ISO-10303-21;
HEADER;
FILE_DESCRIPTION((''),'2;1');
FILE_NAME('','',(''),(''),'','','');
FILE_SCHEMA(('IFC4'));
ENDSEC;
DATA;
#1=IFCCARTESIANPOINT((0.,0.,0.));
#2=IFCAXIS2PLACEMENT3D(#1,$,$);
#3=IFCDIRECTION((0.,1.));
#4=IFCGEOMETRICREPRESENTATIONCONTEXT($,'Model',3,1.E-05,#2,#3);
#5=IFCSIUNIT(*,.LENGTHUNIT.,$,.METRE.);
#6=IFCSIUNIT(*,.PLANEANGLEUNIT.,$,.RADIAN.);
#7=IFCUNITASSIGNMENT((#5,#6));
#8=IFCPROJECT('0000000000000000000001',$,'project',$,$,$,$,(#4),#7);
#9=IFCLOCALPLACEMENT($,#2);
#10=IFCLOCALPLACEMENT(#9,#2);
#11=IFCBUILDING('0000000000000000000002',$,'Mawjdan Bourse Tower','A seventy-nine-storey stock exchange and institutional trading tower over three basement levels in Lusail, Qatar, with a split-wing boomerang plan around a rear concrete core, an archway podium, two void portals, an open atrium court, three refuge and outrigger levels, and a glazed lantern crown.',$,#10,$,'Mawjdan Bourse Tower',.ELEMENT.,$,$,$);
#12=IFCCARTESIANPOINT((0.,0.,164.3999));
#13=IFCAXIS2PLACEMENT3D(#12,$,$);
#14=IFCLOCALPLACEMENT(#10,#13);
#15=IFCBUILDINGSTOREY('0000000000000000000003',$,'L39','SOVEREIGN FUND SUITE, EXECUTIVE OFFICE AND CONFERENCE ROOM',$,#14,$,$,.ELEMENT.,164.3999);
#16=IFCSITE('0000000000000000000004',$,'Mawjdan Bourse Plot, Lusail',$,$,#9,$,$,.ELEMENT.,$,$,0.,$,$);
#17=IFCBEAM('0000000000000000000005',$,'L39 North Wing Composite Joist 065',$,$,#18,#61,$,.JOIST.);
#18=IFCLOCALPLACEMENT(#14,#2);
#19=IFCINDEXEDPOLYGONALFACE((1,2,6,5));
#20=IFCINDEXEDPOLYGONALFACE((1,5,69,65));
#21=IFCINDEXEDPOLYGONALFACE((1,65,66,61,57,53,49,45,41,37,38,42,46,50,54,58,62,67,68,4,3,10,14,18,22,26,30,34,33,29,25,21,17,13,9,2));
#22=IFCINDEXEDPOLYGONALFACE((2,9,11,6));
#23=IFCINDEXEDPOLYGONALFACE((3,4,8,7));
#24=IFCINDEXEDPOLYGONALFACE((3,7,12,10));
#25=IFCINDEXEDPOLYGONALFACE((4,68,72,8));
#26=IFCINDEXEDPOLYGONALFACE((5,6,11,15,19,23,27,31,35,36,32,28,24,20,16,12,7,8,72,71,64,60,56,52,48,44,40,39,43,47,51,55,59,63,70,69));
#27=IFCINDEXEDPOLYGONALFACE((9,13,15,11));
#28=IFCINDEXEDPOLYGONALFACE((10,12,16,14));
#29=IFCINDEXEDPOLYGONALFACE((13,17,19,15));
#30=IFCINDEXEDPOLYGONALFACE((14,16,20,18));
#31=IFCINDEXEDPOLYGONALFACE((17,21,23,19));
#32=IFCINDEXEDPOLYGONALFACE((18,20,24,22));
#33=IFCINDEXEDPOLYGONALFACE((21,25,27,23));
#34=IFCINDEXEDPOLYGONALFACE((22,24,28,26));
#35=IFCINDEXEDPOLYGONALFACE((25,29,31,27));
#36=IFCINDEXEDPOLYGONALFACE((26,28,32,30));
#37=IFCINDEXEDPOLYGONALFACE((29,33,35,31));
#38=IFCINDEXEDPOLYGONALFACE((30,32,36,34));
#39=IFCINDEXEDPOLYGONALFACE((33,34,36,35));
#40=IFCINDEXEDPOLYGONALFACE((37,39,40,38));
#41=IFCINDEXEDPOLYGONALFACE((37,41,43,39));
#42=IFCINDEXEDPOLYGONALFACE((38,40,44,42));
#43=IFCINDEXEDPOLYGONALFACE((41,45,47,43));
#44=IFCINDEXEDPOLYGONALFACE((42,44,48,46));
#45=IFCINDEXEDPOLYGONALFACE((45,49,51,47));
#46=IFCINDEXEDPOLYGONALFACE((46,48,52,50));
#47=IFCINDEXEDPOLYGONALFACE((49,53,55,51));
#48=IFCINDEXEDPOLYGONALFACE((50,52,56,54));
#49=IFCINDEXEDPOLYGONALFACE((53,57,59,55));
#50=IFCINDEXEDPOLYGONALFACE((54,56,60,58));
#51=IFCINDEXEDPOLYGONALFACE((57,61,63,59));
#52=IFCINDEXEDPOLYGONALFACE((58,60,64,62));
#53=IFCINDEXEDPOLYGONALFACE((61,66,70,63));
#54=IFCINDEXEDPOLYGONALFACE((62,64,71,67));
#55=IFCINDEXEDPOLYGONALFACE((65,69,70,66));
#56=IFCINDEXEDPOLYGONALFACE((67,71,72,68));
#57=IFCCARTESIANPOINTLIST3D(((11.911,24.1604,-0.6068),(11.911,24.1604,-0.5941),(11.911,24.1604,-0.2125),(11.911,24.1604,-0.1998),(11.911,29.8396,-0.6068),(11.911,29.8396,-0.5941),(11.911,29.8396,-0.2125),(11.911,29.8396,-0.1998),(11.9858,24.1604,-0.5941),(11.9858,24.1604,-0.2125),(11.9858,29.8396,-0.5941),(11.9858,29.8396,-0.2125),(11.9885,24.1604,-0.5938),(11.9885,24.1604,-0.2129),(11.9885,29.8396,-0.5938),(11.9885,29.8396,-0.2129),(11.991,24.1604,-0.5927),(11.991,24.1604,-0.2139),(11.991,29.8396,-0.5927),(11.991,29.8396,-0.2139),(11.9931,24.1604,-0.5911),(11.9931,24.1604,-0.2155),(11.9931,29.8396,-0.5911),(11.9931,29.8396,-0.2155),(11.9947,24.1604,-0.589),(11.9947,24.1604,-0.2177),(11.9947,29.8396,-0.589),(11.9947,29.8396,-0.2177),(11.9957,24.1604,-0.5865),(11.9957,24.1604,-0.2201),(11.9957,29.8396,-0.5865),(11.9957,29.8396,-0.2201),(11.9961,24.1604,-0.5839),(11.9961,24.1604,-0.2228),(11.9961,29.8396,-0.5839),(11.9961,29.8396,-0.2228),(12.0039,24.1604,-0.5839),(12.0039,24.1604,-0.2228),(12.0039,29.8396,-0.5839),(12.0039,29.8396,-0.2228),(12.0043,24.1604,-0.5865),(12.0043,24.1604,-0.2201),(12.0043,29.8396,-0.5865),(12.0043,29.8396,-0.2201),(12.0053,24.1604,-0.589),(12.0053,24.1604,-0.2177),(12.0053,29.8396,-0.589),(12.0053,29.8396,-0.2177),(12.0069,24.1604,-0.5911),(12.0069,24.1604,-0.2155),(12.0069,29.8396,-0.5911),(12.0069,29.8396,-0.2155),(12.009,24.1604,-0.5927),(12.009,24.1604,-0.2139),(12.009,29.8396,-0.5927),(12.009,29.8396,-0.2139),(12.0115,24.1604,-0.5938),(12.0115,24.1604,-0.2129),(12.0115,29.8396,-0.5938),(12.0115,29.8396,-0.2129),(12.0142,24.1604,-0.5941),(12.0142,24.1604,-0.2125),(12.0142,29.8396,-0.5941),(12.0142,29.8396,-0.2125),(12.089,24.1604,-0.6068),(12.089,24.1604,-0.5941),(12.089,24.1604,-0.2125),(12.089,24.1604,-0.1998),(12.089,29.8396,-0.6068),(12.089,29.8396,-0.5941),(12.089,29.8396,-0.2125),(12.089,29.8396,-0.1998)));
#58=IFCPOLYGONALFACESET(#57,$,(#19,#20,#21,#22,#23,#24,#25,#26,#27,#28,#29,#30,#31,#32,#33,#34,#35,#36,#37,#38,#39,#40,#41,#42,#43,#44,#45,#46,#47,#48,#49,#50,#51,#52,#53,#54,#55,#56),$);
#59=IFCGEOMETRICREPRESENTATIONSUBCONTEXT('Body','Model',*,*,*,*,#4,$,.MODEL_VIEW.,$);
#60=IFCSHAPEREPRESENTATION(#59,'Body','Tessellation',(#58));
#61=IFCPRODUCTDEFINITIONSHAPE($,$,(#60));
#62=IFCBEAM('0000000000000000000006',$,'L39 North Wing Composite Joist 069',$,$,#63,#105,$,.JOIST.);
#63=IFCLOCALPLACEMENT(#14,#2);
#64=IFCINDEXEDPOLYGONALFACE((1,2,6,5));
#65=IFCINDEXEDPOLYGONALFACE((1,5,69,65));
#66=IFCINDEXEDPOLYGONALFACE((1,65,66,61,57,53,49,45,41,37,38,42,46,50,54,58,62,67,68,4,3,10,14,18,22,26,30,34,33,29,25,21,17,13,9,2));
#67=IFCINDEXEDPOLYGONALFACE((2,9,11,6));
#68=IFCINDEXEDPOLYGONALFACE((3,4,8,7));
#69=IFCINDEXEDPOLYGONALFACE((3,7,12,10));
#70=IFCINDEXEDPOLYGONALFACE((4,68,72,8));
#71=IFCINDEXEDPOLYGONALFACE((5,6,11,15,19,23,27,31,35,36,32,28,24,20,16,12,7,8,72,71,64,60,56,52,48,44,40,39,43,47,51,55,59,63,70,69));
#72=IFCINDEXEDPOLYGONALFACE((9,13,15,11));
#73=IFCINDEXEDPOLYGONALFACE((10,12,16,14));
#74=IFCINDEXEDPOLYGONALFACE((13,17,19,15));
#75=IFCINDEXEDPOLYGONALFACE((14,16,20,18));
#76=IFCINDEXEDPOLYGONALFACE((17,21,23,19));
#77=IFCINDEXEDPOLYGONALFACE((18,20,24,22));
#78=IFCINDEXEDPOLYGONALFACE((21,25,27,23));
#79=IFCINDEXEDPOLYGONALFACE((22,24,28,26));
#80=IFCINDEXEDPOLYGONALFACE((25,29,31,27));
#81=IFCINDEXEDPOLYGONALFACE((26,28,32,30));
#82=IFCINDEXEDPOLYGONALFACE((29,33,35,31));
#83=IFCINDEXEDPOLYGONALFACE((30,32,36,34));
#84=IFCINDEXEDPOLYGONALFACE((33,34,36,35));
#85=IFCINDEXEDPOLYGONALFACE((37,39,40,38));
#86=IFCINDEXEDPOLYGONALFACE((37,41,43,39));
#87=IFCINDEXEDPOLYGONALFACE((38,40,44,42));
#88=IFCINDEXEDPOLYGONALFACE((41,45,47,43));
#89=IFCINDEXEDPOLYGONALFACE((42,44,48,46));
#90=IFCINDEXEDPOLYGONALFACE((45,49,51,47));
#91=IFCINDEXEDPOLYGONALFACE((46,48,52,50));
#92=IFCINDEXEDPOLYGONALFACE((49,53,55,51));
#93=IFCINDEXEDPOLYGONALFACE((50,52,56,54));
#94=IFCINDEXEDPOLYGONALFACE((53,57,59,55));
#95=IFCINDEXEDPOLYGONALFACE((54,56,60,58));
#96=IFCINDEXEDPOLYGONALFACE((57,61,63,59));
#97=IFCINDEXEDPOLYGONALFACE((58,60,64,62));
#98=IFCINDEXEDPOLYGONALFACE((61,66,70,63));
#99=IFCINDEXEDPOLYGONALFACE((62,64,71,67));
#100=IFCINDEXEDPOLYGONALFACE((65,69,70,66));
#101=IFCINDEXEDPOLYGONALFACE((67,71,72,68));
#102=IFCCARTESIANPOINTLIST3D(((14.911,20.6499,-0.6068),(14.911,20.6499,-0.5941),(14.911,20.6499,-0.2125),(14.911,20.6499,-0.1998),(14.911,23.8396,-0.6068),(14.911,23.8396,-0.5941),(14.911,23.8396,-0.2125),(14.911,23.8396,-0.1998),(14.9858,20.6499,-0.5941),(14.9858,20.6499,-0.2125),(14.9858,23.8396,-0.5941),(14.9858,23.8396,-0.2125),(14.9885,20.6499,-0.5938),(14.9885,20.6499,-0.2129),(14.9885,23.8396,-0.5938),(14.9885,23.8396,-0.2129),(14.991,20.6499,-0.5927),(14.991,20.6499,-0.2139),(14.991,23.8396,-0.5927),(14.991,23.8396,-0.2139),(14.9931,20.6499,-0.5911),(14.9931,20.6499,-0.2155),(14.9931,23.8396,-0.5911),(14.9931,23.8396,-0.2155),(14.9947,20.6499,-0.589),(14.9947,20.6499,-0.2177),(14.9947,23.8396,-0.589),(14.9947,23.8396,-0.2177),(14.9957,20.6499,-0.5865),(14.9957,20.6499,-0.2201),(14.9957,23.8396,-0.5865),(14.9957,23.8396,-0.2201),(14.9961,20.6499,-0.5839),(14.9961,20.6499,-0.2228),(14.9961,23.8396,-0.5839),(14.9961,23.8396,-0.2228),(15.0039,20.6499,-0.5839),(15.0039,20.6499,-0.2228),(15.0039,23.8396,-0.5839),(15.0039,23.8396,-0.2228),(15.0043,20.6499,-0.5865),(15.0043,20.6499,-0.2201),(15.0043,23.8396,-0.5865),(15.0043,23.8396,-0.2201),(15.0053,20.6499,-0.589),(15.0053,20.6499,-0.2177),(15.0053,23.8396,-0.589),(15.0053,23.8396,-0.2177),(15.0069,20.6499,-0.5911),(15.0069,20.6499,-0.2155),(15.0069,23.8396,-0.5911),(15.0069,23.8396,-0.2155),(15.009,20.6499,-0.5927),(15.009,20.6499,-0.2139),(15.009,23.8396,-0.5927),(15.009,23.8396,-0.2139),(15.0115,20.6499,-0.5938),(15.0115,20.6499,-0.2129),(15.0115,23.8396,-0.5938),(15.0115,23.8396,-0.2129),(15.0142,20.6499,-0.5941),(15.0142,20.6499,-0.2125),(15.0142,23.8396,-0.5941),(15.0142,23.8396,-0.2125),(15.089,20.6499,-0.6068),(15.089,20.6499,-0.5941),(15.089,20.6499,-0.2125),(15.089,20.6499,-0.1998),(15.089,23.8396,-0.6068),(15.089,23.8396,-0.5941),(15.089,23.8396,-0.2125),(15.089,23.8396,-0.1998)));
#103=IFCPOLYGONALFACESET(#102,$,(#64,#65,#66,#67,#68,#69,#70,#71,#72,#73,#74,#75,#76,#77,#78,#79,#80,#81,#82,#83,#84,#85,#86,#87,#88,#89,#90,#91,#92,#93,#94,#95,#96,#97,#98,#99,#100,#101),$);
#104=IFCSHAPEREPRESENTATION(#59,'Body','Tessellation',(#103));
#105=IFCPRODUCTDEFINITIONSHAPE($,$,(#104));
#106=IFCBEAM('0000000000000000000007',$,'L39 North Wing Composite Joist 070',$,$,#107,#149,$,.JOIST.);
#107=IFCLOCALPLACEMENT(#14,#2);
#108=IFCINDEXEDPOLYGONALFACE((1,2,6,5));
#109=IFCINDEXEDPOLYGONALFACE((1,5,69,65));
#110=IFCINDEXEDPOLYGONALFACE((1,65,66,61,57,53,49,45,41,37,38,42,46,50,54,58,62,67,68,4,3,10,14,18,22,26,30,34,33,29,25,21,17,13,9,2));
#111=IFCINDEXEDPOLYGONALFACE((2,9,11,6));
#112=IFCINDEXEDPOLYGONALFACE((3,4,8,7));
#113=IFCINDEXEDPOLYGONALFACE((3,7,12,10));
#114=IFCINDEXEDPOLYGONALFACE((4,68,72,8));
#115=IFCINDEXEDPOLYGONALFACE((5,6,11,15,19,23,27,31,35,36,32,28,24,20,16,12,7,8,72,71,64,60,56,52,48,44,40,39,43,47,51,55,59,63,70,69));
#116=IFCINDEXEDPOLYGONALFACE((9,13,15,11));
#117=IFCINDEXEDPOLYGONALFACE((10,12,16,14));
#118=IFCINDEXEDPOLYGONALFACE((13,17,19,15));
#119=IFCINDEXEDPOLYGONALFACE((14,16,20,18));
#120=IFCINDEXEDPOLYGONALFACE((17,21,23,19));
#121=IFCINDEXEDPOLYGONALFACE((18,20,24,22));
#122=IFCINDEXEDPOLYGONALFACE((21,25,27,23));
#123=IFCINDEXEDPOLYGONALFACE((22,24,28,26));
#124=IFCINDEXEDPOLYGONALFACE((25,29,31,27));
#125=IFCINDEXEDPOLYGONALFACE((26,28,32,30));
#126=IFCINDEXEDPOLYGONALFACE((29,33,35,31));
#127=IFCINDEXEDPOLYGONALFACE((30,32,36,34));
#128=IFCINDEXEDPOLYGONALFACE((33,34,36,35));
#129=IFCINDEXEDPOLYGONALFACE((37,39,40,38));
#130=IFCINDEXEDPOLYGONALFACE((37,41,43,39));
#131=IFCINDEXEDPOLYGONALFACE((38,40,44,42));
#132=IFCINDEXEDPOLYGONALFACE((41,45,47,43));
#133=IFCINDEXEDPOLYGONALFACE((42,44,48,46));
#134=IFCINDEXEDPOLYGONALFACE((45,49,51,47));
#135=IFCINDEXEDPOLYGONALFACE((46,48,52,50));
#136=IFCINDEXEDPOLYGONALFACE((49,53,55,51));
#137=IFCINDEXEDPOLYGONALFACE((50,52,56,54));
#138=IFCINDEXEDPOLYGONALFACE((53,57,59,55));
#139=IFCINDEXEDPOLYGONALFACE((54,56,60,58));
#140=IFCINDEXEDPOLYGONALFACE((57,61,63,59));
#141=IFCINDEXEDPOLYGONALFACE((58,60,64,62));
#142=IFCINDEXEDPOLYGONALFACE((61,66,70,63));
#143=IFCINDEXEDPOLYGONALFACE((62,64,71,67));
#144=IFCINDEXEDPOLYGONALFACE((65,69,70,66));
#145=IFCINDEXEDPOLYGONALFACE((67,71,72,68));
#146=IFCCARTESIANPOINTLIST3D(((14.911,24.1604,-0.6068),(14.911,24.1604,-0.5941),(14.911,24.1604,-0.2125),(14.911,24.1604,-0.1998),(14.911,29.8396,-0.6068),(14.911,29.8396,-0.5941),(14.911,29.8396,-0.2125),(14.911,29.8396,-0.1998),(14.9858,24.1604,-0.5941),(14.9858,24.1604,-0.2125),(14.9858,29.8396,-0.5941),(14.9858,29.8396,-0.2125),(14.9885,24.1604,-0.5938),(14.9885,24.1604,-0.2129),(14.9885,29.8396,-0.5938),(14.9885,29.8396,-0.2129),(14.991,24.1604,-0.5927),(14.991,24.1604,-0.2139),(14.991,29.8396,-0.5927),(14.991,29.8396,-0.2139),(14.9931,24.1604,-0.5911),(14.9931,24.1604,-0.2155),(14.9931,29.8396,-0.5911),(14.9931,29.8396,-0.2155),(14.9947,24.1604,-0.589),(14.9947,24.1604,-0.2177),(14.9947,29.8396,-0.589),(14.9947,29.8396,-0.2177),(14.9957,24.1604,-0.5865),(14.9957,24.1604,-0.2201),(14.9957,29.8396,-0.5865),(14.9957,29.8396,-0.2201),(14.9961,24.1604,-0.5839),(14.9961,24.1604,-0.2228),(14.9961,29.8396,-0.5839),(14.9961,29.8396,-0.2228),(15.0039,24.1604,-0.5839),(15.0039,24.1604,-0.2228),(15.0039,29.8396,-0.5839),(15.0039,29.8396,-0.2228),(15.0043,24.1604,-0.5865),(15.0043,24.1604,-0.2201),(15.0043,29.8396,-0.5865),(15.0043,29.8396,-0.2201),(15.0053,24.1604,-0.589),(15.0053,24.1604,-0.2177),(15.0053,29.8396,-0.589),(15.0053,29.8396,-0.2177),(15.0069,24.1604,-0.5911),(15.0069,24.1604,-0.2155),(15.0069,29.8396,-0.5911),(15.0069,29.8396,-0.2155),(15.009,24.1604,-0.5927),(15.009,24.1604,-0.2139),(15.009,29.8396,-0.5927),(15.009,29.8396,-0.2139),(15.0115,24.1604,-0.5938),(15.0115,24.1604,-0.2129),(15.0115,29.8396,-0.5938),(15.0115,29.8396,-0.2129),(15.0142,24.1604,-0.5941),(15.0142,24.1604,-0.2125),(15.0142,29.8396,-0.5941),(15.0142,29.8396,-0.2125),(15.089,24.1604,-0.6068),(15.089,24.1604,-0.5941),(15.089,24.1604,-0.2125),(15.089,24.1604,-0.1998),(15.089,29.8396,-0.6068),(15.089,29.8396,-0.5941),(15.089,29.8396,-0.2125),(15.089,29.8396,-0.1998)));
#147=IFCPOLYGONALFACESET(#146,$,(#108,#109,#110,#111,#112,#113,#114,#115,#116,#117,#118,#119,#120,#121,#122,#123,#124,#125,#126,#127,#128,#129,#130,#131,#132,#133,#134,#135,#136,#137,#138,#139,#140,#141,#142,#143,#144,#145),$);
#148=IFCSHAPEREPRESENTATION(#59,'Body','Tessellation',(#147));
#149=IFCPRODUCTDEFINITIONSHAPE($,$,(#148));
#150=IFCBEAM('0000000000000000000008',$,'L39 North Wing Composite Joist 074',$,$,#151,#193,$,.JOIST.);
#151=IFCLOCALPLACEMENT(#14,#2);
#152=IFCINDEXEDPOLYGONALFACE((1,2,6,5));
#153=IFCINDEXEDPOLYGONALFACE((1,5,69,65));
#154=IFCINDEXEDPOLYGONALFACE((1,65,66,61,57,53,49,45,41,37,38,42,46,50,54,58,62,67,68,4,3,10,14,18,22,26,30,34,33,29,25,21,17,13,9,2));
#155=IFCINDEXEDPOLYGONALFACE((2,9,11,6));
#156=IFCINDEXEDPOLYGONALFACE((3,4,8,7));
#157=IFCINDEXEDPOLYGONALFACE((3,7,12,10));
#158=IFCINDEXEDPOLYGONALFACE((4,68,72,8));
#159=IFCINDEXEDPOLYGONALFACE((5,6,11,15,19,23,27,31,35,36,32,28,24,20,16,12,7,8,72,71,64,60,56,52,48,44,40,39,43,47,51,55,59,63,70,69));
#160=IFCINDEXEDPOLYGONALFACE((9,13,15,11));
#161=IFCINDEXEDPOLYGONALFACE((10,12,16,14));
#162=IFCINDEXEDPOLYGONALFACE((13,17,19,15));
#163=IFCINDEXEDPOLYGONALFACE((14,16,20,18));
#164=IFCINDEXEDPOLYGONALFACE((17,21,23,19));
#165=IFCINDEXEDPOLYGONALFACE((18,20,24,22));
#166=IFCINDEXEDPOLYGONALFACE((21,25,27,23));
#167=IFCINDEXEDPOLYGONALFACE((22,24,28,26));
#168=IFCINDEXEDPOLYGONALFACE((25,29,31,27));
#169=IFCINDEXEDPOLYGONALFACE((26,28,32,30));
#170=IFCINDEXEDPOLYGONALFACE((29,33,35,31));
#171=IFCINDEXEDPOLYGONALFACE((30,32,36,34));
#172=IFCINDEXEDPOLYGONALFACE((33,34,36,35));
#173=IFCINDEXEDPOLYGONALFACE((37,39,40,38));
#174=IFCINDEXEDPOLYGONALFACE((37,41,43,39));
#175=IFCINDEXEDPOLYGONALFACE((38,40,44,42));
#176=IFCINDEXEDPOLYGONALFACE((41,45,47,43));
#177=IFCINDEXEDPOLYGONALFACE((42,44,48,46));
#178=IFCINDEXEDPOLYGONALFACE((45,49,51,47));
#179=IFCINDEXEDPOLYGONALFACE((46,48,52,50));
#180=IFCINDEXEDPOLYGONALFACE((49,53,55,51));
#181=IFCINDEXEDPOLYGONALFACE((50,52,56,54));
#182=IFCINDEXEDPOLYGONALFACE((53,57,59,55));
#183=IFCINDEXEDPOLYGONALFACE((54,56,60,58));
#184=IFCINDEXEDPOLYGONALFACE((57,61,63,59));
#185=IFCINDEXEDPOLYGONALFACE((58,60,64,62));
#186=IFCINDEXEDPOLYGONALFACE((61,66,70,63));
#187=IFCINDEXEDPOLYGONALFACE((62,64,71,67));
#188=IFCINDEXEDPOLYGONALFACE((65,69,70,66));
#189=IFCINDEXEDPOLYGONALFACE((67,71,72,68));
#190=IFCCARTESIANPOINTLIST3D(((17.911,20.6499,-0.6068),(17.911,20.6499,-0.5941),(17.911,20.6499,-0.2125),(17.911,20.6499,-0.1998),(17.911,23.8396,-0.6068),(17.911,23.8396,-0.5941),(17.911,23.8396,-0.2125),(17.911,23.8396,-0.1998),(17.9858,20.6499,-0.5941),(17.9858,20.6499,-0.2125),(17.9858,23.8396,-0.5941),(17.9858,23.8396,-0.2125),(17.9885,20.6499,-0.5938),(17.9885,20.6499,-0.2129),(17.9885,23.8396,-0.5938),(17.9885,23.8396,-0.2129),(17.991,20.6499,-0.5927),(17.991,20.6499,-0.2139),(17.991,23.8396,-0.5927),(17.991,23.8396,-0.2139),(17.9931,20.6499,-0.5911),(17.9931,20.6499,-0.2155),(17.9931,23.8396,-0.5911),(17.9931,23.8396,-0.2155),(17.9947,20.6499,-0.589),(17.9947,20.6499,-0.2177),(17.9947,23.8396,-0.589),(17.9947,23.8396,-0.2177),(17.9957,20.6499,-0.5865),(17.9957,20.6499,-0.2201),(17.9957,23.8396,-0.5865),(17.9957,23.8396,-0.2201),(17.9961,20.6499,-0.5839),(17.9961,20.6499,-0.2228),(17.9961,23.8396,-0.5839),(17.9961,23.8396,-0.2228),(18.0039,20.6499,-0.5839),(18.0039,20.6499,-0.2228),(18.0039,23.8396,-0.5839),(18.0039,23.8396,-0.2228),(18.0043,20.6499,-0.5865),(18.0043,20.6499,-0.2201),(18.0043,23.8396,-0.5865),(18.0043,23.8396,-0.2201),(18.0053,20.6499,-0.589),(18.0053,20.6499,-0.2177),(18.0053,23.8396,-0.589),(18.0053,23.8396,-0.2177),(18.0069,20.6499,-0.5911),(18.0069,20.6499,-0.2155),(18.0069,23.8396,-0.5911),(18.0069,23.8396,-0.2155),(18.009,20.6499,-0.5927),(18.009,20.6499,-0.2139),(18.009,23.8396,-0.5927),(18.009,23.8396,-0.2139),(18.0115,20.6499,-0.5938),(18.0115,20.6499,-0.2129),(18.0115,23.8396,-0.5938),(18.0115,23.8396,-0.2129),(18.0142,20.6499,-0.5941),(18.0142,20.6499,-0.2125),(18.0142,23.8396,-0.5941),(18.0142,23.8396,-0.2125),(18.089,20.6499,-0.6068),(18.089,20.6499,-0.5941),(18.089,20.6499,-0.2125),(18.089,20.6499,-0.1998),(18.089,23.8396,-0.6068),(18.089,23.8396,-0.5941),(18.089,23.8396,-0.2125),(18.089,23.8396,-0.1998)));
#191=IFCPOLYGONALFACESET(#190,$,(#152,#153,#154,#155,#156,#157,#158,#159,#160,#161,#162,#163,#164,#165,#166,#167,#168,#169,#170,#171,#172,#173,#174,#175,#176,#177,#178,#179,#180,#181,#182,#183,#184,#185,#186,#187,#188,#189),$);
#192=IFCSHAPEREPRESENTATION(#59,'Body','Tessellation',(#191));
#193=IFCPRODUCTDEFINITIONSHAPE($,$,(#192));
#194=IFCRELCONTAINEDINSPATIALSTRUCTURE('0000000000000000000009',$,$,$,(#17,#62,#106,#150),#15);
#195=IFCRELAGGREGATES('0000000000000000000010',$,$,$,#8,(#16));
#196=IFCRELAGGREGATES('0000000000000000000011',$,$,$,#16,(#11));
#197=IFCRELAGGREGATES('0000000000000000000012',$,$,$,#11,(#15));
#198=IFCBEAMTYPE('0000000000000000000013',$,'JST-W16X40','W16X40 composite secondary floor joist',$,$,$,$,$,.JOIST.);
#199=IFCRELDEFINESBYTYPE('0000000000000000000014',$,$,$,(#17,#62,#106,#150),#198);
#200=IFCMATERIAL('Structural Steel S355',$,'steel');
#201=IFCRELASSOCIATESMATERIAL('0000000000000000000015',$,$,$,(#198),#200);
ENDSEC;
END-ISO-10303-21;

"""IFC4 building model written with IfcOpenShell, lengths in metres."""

from ifc_helpers import new_model, si_unit, direction, frame, origin, origin_2d, place, context, subcontext, project, spatial, i_section, extrude, material, material_profile, profile_set, type_object, element, save


model = new_model("IFC4")

# Units and contexts
model_context = context("Model", 3, precision=1e-05, world=origin(), true_north=direction((0.0, 1.0)))
body_context = subcontext(model_context, "Body", "Model", "MODEL_VIEW")
ifc_project = project(units=[si_unit("LENGTHUNIT", "METRE"), si_unit("PLANEANGLEUNIT", "RADIAN")], contexts=[model_context])

# Site, building, storey
site_placement = place(None, origin())
site = spatial("IfcSite", under=ifc_project, at=site_placement, Name="Mawjdan Bourse Plot, Lusail", CompositionType="ELEMENT", RefElevation=0.0)
building_placement = place(site_placement, origin())
building = spatial("IfcBuilding", under=site, at=building_placement, Name="Mawjdan Bourse Tower", Description="A seventy-nine-storey stock exchange and institutional trading tower over three basement levels in Lusail, Qatar, with a split-wing boomerang plan around a rear concrete core, an archway podium, two void portals, an open atrium court, three refuge and outrigger levels, and a glazed lantern crown.", LongName="Mawjdan Bourse Tower", CompositionType="ELEMENT")
storey_placement = place(building_placement, frame((0.0, 0.0, 164.3999)))
storey = spatial("IfcBuildingStorey", under=building, at=storey_placement, Name="L39", Description="SOVEREIGN FUND SUITE, EXECUTIVE OFFICE AND CONFERENCE ROOM", CompositionType="ELEMENT", Elevation=164.3999)

# Beams
ifc_material_1 = material(Name="Structural Steel S355", Category="steel")
ifc_material_profile_1 = material_profile(ifc_material_1, i_section(OverallWidth=0.178, OverallDepth=0.407, WebThickness=0.0078, FlangeThickness=0.0127, FilletRadius=0.0103, at=origin_2d()), Name="W16X40")
ifc_profile_set_1 = profile_set([ifc_material_profile_1], Name="Structural Steel S355")
beam_type_1 = type_object("IfcBeamType", Name="JST-W16X40", Description="W16X40 composite secondary floor joist", PredefinedType="JOIST", material=ifc_profile_set_1)
beam_1_placement = place(storey_placement, frame((12.0, 24.1604, -0.4033), z_axis=(0.0, 1.0, 0.0), x_axis=(-1.0, 0.0, 0.0)))
element("IfcBeam", 1, at=beam_1_placement, inside=storey, type_object=beam_type_1, Name="L39 North Wing Composite Joist 065", PredefinedType="JOIST", context=body_context, shape_type="SweptSolid", body=[
    extrude(i_section(OverallWidth=0.178, OverallDepth=0.407, WebThickness=0.0078, FlangeThickness=0.0127, FilletRadius=0.0103, at=origin_2d()), origin(), (0.0, 0.0, 1.0), 5.6792),
])
beam_2_placement = place(storey_placement, frame((15.0, 20.6499, -0.4033), z_axis=(0.0, 1.0, 0.0), x_axis=(-1.0, 0.0, 0.0)))
element("IfcBeam", 2, at=beam_2_placement, inside=storey, type_object=beam_type_1, Name="L39 North Wing Composite Joist 069", PredefinedType="JOIST", context=body_context, shape_type="SweptSolid", body=[
    extrude(i_section(OverallWidth=0.178, OverallDepth=0.407, WebThickness=0.0078, FlangeThickness=0.0127, FilletRadius=0.0103, at=origin_2d()), origin(), (0.0, 0.0, 1.0), 3.1897),
])
beam_3_placement = place(storey_placement, frame((15.0, 24.1604, -0.4033), z_axis=(0.0, 1.0, 0.0), x_axis=(-1.0, 0.0, 0.0)))
element("IfcBeam", 3, at=beam_3_placement, inside=storey, type_object=beam_type_1, Name="L39 North Wing Composite Joist 070", PredefinedType="JOIST", context=body_context, shape_type="SweptSolid", body=[
    extrude(i_section(OverallWidth=0.178, OverallDepth=0.407, WebThickness=0.0078, FlangeThickness=0.0127, FilletRadius=0.0103, at=origin_2d()), origin(), (0.0, 0.0, 1.0), 5.6792),
])
beam_4_placement = place(storey_placement, frame((18.0, 20.6499, -0.4033), z_axis=(0.0, 1.0, 0.0), x_axis=(-1.0, 0.0, 0.0)))
element("IfcBeam", 4, at=beam_4_placement, inside=storey, type_object=beam_type_1, Name="L39 North Wing Composite Joist 074", PredefinedType="JOIST", context=body_context, shape_type="SweptSolid", body=[
    extrude(i_section(OverallWidth=0.178, OverallDepth=0.407, WebThickness=0.0078, FlangeThickness=0.0127, FilletRadius=0.0103, at=origin_2d()), origin(), (0.0, 0.0, 1.0), 3.1897),
])

save(model, "model.ifc")
